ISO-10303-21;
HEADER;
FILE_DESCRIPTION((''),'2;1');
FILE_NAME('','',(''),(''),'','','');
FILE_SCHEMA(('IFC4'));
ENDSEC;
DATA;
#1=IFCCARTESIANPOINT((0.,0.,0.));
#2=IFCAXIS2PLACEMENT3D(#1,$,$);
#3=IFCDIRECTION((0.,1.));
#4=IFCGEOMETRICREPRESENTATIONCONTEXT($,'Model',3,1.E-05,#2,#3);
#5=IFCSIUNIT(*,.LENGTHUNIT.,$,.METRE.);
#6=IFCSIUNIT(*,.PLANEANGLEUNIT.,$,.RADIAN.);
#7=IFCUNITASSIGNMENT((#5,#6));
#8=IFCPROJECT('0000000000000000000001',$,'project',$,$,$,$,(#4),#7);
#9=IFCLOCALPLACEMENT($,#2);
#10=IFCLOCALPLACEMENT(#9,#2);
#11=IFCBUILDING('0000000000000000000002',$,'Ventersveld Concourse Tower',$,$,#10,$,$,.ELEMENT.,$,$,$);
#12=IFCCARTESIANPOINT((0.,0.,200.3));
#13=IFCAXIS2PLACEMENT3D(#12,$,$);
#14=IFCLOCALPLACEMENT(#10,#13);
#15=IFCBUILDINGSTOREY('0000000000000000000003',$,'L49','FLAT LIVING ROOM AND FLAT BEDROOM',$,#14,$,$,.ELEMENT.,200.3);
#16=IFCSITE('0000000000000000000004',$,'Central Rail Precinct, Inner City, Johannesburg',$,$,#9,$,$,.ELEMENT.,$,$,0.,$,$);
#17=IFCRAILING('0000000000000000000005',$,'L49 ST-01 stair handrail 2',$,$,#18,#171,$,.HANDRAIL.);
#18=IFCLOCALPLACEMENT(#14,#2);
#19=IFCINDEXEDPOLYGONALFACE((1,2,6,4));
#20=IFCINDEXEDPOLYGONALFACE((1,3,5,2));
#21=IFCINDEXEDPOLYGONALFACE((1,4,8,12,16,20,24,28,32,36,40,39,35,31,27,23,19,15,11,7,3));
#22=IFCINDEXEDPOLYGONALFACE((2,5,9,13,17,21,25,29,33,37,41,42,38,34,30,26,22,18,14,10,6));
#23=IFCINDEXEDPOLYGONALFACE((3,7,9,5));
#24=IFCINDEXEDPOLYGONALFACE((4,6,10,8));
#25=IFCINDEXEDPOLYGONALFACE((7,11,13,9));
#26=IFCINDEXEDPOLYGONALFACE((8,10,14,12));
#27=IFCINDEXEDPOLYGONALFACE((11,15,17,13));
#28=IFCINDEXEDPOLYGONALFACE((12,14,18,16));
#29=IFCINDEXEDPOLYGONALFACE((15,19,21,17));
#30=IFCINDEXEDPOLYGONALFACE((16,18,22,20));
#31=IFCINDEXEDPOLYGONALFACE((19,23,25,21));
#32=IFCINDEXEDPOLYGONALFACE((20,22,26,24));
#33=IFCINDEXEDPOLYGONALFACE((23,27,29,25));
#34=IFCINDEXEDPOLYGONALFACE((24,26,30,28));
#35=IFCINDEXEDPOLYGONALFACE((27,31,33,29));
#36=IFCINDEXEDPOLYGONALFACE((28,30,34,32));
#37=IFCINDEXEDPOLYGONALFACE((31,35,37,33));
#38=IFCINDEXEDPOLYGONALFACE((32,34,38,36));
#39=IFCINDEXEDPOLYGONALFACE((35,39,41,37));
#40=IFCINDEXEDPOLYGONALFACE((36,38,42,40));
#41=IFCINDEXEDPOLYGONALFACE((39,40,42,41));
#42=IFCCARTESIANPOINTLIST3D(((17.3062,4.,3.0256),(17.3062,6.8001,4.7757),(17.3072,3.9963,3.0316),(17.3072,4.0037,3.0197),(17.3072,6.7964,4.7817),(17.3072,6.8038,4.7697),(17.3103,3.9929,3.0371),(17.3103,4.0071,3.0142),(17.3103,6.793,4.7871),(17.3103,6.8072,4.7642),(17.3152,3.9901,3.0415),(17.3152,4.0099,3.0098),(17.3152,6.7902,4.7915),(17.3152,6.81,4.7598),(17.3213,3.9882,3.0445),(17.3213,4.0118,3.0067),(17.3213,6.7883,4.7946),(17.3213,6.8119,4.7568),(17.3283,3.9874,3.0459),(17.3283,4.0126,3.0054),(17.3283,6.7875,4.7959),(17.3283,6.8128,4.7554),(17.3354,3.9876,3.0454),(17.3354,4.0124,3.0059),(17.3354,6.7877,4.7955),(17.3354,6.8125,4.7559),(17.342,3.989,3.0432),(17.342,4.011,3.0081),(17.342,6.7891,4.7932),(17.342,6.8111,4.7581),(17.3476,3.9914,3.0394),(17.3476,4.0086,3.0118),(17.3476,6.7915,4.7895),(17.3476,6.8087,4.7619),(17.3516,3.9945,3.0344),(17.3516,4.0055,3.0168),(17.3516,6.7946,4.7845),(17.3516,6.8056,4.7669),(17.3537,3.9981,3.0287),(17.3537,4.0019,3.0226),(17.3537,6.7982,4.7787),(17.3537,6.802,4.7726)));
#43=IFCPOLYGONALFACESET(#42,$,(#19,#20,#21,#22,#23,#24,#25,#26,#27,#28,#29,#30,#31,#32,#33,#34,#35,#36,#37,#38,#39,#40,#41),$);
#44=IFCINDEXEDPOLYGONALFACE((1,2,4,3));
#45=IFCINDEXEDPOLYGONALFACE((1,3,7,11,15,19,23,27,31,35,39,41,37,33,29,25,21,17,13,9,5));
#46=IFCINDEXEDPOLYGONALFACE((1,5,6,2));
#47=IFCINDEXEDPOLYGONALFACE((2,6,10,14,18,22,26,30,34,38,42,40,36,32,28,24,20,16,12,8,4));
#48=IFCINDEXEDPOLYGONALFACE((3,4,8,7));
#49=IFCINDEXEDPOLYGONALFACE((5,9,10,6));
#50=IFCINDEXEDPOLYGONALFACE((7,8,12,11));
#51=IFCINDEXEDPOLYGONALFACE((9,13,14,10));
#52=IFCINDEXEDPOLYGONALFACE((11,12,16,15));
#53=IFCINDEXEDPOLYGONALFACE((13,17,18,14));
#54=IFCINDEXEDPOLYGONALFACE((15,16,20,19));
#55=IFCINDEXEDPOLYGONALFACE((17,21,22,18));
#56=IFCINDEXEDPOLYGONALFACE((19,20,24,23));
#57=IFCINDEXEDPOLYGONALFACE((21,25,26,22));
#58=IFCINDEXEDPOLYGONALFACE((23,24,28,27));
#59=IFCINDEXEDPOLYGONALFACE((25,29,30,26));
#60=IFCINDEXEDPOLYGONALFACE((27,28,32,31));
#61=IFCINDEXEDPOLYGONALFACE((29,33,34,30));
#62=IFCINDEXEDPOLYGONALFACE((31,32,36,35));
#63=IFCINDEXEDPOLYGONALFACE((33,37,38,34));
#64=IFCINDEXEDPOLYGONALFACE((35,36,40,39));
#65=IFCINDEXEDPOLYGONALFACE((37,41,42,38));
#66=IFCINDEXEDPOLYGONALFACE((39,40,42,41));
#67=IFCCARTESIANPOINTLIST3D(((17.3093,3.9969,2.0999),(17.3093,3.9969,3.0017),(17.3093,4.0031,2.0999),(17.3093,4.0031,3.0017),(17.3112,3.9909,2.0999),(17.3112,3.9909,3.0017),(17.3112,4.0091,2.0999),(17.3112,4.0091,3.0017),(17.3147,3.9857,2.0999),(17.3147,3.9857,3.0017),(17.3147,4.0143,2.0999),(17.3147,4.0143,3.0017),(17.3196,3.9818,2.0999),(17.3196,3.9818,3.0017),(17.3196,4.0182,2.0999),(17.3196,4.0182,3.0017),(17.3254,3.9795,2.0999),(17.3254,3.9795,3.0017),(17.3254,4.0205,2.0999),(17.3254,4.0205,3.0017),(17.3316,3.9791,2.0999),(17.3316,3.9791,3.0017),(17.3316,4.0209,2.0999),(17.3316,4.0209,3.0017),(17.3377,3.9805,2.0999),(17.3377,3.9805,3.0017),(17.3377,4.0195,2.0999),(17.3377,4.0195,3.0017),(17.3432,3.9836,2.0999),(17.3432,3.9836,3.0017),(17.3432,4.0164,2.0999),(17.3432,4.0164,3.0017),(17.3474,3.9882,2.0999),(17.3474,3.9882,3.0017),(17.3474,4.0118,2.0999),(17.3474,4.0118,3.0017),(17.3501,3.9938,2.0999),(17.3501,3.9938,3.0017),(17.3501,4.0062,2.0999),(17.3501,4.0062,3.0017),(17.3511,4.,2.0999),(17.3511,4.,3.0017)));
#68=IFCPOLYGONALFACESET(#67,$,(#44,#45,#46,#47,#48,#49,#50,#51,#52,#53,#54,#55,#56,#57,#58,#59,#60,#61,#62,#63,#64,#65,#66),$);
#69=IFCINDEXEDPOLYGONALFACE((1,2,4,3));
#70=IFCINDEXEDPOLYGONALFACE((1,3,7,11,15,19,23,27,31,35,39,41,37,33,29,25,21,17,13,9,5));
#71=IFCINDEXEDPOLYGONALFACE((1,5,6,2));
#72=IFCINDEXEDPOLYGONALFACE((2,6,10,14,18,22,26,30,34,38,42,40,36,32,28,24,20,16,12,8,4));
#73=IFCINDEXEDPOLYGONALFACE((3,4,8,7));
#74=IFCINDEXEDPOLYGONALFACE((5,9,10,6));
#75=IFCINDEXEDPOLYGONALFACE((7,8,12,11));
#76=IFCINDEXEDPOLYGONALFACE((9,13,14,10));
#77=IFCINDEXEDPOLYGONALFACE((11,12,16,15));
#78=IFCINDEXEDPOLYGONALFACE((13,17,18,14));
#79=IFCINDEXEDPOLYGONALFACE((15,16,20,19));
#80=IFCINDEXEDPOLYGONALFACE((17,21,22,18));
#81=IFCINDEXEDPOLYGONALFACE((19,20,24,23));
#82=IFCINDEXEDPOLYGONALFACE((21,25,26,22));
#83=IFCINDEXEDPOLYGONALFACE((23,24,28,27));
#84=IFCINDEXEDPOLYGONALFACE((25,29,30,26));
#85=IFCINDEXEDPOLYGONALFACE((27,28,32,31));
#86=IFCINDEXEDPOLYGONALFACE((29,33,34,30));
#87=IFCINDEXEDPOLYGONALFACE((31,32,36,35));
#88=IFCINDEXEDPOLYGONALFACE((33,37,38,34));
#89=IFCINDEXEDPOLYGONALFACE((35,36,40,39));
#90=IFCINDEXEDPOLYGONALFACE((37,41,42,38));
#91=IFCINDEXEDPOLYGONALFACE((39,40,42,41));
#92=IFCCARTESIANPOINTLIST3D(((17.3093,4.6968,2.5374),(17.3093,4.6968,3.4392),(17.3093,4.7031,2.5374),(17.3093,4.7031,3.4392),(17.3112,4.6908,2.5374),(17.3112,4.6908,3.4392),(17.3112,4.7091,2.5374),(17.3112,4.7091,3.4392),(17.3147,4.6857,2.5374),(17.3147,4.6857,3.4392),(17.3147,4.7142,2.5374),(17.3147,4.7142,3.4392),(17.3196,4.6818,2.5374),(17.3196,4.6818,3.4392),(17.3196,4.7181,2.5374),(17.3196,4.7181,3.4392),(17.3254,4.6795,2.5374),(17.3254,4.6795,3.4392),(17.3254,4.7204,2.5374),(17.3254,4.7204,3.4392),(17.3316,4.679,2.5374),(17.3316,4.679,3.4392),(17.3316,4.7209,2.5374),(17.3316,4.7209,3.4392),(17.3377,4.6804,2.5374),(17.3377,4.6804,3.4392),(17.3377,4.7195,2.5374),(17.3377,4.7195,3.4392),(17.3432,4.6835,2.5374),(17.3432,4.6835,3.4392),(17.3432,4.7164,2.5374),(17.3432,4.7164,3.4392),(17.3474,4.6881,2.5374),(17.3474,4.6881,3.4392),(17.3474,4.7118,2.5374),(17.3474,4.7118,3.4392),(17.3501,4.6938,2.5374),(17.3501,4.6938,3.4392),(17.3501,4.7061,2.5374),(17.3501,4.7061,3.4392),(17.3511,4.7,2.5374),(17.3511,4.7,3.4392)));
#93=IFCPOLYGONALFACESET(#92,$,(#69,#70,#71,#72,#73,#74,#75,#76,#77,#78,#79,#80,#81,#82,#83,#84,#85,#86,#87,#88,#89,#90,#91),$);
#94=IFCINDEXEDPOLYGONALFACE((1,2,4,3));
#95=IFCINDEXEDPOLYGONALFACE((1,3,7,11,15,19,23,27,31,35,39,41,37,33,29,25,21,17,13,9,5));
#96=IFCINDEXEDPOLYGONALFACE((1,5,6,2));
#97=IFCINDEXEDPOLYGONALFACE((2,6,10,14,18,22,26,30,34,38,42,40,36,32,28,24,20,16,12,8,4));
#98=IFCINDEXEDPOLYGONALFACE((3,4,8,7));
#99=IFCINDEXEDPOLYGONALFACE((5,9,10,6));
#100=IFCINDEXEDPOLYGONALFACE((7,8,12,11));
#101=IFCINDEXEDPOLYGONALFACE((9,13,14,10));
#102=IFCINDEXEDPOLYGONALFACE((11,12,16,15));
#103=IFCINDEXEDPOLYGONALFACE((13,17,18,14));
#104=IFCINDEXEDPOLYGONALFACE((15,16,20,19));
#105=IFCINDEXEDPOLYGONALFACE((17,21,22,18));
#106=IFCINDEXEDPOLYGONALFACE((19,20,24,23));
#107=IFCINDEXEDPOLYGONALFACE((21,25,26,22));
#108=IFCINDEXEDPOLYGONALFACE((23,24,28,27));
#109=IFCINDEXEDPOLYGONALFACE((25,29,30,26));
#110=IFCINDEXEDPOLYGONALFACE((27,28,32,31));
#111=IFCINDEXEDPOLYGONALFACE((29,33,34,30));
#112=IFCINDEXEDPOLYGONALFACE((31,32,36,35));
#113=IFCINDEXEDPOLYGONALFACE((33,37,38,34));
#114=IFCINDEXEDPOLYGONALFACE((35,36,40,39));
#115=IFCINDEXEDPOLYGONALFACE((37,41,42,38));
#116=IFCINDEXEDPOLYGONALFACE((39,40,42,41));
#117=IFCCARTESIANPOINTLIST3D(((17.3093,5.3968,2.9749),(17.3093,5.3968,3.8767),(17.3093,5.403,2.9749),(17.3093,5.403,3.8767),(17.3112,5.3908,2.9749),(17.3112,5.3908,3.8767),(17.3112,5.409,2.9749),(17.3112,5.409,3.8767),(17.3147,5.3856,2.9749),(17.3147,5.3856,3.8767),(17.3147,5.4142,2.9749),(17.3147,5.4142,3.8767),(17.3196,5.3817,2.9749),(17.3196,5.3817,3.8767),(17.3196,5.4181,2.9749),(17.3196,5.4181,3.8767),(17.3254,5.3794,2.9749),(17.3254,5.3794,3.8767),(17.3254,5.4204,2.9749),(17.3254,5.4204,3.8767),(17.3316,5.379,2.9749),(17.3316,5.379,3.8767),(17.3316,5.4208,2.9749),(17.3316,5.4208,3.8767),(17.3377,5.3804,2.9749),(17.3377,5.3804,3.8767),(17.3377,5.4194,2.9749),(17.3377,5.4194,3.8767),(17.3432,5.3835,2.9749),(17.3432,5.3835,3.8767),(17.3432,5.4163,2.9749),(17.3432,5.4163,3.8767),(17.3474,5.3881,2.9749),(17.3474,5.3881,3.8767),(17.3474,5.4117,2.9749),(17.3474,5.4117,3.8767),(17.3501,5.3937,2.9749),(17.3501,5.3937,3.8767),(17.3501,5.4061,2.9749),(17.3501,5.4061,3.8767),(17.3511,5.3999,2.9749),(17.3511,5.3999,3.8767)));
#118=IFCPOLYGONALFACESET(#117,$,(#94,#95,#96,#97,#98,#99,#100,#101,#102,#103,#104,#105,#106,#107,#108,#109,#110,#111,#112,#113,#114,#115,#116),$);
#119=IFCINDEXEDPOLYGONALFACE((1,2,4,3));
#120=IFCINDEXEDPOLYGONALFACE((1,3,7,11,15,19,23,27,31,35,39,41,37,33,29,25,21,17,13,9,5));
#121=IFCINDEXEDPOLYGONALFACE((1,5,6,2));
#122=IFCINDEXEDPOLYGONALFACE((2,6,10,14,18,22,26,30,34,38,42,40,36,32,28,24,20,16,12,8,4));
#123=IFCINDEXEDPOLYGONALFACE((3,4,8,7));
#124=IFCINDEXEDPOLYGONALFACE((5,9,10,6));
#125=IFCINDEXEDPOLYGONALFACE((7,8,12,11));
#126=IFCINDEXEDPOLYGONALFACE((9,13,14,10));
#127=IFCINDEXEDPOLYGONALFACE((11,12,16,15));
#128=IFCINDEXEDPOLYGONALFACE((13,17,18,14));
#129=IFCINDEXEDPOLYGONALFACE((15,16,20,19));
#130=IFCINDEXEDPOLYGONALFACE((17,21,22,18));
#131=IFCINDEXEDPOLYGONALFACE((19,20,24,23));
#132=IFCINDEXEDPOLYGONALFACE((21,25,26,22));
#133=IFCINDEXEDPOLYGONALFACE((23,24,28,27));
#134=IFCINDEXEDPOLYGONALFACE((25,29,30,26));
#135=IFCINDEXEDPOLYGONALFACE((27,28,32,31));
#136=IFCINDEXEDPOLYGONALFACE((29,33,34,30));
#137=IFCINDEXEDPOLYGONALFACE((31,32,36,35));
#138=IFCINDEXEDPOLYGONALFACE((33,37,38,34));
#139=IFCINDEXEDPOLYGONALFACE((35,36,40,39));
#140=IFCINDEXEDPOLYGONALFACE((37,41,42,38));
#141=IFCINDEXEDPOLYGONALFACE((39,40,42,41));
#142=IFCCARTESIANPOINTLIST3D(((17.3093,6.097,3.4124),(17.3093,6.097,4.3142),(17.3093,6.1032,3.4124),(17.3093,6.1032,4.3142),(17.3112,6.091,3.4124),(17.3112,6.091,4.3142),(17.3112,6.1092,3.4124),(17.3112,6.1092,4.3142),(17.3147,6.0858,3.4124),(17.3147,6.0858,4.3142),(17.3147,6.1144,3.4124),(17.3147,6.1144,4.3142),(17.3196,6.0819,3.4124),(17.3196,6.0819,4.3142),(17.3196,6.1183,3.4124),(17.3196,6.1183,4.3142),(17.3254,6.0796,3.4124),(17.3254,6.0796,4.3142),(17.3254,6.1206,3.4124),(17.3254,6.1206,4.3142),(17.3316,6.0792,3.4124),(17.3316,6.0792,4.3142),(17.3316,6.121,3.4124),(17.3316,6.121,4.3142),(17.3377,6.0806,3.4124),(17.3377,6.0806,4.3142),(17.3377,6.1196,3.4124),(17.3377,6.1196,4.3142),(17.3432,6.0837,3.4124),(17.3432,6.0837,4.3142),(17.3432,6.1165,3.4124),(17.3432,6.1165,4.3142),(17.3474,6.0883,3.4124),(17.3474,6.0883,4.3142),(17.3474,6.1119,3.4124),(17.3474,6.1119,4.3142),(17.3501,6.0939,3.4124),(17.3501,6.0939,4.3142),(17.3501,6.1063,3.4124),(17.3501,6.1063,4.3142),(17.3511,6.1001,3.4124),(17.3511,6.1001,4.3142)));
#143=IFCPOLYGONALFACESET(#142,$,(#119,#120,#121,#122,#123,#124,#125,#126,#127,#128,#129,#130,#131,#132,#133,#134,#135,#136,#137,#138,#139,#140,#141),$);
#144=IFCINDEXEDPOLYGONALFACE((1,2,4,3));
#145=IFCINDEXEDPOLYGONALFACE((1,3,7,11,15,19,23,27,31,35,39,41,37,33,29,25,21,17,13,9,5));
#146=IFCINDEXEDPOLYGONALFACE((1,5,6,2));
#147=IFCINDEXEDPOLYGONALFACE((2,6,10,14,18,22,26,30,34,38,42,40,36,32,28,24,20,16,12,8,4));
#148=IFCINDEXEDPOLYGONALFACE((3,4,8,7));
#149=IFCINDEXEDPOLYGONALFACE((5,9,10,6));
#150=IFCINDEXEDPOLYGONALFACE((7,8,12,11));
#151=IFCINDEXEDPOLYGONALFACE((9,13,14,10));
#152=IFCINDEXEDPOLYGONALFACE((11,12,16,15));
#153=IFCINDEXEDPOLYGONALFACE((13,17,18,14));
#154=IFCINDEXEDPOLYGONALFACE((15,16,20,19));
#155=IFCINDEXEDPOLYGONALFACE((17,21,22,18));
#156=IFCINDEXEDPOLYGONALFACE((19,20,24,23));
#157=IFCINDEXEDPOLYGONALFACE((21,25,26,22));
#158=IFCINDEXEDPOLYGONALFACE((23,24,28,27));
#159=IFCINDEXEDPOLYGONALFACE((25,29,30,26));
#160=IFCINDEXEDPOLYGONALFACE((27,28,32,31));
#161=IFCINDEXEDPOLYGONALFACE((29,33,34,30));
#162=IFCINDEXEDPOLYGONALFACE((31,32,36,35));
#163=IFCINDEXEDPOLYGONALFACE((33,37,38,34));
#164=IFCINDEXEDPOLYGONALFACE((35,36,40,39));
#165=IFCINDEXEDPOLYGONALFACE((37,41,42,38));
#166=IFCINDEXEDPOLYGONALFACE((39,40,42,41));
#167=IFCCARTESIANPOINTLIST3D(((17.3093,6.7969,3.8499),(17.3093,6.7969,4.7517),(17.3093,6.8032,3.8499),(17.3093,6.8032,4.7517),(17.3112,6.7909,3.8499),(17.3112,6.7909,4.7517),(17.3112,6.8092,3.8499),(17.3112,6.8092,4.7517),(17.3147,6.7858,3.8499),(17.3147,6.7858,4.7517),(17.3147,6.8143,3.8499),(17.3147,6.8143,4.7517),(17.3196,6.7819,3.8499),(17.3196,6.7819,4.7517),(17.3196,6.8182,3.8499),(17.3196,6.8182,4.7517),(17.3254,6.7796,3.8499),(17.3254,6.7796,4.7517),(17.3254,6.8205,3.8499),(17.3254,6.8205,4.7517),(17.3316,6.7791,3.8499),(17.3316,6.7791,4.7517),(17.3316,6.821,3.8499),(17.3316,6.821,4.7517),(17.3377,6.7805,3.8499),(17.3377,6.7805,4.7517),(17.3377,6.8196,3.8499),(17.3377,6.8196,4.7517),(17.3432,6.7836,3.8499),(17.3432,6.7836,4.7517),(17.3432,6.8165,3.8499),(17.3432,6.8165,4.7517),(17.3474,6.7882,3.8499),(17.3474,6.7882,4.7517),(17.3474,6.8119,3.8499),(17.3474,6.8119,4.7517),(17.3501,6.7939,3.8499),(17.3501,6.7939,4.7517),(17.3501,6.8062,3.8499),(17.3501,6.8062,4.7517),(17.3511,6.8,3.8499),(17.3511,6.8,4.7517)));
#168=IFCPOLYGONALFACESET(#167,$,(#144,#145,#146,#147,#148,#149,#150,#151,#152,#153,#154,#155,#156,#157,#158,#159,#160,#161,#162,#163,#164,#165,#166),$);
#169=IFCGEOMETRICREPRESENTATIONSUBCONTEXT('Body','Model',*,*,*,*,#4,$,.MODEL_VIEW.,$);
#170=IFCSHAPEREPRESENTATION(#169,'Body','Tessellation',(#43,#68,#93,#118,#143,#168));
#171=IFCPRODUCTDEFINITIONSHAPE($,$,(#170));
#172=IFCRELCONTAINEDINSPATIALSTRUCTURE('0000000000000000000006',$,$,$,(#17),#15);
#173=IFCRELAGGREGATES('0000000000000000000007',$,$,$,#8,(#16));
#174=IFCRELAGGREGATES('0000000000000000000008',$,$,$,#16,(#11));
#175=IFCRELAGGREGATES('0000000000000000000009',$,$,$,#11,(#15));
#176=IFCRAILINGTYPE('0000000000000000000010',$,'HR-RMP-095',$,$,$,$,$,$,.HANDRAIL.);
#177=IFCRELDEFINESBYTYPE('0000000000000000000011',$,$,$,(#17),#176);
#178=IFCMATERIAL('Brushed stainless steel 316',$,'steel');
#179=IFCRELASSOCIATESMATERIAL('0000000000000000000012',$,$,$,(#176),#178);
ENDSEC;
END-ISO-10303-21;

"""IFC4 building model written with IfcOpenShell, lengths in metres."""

from ifc_helpers import new_model, si_unit, direction, frame, origin, origin_2d, place, context, subcontext, project, spatial, circle, extrude, material, type_object, element, save


model = new_model("IFC4")

# Units and contexts
model_context = context("Model", 3, precision=1e-05, world=origin(), true_north=direction((0.0, 1.0)))
body_context = subcontext(model_context, "Body", "Model", "MODEL_VIEW")
ifc_project = project(units=[si_unit("LENGTHUNIT", "METRE"), si_unit("PLANEANGLEUNIT", "RADIAN")], contexts=[model_context])

# Site, building, storey
site_placement = place(None, origin())
site = spatial("IfcSite", under=ifc_project, at=site_placement, Name="Central Rail Precinct, Inner City, Johannesburg", CompositionType="ELEMENT", RefElevation=0.0)
building_placement = place(site_placement, origin())
building = spatial("IfcBuilding", under=site, at=building_placement, Name="Ventersveld Concourse Tower", CompositionType="ELEMENT")
storey_placement = place(building_placement, frame((0.0, 0.0, 200.3)))
storey = spatial("IfcBuildingStorey", under=building, at=storey_placement, Name="L49", Description="FLAT LIVING ROOM AND FLAT BEDROOM", CompositionType="ELEMENT", Elevation=200.3)

# Shared definitions
ifc_material_1 = material(Name="Brushed stainless steel 316", Category="steel")

# Railing
railing_type_1 = type_object("IfcRailingType", Name="HR-RMP-095", PredefinedType="HANDRAIL", material=ifc_material_1)
railing_1_placement = place(storey_placement, frame((17.3301, 4.0, 2.0999)))
element("IfcRailing", 1, at=railing_1_placement, inside=storey, type_object=railing_type_1, Name="L49 ST-01 stair handrail 2", PredefinedType="HANDRAIL", context=body_context, shape_type="SweptSolid", body=[
    extrude(circle(Radius=0.0239, at=origin_2d()), frame((0.0, 0.0, 0.9258), z_axis=(0.0, 0.848002, 0.529992), x_axis=(-1.0, 0.0, 0.0)), (0.0, 0.0, 1.0), 3.302),
    extrude(circle(Radius=0.021, at=origin_2d()), origin(), (0.0, 0.0, 1.0), 0.9019),
    extrude(circle(Radius=0.021, at=origin_2d()), frame((0.0, 0.7, 0.4375)), (0.0, 0.0, 1.0), 0.9019),
    extrude(circle(Radius=0.021, at=origin_2d()), frame((0.0, 1.3999, 0.875)), (0.0, 0.0, 1.0), 0.9019),
    extrude(circle(Radius=0.021, at=origin_2d()), frame((0.0, 2.1001, 1.3125)), (0.0, 0.0, 1.0), 0.9019),
    extrude(circle(Radius=0.021, at=origin_2d()), frame((0.0, 2.8, 1.75)), (0.0, 0.0, 1.0), 0.9019),
])

save(model, "model.ifc")
